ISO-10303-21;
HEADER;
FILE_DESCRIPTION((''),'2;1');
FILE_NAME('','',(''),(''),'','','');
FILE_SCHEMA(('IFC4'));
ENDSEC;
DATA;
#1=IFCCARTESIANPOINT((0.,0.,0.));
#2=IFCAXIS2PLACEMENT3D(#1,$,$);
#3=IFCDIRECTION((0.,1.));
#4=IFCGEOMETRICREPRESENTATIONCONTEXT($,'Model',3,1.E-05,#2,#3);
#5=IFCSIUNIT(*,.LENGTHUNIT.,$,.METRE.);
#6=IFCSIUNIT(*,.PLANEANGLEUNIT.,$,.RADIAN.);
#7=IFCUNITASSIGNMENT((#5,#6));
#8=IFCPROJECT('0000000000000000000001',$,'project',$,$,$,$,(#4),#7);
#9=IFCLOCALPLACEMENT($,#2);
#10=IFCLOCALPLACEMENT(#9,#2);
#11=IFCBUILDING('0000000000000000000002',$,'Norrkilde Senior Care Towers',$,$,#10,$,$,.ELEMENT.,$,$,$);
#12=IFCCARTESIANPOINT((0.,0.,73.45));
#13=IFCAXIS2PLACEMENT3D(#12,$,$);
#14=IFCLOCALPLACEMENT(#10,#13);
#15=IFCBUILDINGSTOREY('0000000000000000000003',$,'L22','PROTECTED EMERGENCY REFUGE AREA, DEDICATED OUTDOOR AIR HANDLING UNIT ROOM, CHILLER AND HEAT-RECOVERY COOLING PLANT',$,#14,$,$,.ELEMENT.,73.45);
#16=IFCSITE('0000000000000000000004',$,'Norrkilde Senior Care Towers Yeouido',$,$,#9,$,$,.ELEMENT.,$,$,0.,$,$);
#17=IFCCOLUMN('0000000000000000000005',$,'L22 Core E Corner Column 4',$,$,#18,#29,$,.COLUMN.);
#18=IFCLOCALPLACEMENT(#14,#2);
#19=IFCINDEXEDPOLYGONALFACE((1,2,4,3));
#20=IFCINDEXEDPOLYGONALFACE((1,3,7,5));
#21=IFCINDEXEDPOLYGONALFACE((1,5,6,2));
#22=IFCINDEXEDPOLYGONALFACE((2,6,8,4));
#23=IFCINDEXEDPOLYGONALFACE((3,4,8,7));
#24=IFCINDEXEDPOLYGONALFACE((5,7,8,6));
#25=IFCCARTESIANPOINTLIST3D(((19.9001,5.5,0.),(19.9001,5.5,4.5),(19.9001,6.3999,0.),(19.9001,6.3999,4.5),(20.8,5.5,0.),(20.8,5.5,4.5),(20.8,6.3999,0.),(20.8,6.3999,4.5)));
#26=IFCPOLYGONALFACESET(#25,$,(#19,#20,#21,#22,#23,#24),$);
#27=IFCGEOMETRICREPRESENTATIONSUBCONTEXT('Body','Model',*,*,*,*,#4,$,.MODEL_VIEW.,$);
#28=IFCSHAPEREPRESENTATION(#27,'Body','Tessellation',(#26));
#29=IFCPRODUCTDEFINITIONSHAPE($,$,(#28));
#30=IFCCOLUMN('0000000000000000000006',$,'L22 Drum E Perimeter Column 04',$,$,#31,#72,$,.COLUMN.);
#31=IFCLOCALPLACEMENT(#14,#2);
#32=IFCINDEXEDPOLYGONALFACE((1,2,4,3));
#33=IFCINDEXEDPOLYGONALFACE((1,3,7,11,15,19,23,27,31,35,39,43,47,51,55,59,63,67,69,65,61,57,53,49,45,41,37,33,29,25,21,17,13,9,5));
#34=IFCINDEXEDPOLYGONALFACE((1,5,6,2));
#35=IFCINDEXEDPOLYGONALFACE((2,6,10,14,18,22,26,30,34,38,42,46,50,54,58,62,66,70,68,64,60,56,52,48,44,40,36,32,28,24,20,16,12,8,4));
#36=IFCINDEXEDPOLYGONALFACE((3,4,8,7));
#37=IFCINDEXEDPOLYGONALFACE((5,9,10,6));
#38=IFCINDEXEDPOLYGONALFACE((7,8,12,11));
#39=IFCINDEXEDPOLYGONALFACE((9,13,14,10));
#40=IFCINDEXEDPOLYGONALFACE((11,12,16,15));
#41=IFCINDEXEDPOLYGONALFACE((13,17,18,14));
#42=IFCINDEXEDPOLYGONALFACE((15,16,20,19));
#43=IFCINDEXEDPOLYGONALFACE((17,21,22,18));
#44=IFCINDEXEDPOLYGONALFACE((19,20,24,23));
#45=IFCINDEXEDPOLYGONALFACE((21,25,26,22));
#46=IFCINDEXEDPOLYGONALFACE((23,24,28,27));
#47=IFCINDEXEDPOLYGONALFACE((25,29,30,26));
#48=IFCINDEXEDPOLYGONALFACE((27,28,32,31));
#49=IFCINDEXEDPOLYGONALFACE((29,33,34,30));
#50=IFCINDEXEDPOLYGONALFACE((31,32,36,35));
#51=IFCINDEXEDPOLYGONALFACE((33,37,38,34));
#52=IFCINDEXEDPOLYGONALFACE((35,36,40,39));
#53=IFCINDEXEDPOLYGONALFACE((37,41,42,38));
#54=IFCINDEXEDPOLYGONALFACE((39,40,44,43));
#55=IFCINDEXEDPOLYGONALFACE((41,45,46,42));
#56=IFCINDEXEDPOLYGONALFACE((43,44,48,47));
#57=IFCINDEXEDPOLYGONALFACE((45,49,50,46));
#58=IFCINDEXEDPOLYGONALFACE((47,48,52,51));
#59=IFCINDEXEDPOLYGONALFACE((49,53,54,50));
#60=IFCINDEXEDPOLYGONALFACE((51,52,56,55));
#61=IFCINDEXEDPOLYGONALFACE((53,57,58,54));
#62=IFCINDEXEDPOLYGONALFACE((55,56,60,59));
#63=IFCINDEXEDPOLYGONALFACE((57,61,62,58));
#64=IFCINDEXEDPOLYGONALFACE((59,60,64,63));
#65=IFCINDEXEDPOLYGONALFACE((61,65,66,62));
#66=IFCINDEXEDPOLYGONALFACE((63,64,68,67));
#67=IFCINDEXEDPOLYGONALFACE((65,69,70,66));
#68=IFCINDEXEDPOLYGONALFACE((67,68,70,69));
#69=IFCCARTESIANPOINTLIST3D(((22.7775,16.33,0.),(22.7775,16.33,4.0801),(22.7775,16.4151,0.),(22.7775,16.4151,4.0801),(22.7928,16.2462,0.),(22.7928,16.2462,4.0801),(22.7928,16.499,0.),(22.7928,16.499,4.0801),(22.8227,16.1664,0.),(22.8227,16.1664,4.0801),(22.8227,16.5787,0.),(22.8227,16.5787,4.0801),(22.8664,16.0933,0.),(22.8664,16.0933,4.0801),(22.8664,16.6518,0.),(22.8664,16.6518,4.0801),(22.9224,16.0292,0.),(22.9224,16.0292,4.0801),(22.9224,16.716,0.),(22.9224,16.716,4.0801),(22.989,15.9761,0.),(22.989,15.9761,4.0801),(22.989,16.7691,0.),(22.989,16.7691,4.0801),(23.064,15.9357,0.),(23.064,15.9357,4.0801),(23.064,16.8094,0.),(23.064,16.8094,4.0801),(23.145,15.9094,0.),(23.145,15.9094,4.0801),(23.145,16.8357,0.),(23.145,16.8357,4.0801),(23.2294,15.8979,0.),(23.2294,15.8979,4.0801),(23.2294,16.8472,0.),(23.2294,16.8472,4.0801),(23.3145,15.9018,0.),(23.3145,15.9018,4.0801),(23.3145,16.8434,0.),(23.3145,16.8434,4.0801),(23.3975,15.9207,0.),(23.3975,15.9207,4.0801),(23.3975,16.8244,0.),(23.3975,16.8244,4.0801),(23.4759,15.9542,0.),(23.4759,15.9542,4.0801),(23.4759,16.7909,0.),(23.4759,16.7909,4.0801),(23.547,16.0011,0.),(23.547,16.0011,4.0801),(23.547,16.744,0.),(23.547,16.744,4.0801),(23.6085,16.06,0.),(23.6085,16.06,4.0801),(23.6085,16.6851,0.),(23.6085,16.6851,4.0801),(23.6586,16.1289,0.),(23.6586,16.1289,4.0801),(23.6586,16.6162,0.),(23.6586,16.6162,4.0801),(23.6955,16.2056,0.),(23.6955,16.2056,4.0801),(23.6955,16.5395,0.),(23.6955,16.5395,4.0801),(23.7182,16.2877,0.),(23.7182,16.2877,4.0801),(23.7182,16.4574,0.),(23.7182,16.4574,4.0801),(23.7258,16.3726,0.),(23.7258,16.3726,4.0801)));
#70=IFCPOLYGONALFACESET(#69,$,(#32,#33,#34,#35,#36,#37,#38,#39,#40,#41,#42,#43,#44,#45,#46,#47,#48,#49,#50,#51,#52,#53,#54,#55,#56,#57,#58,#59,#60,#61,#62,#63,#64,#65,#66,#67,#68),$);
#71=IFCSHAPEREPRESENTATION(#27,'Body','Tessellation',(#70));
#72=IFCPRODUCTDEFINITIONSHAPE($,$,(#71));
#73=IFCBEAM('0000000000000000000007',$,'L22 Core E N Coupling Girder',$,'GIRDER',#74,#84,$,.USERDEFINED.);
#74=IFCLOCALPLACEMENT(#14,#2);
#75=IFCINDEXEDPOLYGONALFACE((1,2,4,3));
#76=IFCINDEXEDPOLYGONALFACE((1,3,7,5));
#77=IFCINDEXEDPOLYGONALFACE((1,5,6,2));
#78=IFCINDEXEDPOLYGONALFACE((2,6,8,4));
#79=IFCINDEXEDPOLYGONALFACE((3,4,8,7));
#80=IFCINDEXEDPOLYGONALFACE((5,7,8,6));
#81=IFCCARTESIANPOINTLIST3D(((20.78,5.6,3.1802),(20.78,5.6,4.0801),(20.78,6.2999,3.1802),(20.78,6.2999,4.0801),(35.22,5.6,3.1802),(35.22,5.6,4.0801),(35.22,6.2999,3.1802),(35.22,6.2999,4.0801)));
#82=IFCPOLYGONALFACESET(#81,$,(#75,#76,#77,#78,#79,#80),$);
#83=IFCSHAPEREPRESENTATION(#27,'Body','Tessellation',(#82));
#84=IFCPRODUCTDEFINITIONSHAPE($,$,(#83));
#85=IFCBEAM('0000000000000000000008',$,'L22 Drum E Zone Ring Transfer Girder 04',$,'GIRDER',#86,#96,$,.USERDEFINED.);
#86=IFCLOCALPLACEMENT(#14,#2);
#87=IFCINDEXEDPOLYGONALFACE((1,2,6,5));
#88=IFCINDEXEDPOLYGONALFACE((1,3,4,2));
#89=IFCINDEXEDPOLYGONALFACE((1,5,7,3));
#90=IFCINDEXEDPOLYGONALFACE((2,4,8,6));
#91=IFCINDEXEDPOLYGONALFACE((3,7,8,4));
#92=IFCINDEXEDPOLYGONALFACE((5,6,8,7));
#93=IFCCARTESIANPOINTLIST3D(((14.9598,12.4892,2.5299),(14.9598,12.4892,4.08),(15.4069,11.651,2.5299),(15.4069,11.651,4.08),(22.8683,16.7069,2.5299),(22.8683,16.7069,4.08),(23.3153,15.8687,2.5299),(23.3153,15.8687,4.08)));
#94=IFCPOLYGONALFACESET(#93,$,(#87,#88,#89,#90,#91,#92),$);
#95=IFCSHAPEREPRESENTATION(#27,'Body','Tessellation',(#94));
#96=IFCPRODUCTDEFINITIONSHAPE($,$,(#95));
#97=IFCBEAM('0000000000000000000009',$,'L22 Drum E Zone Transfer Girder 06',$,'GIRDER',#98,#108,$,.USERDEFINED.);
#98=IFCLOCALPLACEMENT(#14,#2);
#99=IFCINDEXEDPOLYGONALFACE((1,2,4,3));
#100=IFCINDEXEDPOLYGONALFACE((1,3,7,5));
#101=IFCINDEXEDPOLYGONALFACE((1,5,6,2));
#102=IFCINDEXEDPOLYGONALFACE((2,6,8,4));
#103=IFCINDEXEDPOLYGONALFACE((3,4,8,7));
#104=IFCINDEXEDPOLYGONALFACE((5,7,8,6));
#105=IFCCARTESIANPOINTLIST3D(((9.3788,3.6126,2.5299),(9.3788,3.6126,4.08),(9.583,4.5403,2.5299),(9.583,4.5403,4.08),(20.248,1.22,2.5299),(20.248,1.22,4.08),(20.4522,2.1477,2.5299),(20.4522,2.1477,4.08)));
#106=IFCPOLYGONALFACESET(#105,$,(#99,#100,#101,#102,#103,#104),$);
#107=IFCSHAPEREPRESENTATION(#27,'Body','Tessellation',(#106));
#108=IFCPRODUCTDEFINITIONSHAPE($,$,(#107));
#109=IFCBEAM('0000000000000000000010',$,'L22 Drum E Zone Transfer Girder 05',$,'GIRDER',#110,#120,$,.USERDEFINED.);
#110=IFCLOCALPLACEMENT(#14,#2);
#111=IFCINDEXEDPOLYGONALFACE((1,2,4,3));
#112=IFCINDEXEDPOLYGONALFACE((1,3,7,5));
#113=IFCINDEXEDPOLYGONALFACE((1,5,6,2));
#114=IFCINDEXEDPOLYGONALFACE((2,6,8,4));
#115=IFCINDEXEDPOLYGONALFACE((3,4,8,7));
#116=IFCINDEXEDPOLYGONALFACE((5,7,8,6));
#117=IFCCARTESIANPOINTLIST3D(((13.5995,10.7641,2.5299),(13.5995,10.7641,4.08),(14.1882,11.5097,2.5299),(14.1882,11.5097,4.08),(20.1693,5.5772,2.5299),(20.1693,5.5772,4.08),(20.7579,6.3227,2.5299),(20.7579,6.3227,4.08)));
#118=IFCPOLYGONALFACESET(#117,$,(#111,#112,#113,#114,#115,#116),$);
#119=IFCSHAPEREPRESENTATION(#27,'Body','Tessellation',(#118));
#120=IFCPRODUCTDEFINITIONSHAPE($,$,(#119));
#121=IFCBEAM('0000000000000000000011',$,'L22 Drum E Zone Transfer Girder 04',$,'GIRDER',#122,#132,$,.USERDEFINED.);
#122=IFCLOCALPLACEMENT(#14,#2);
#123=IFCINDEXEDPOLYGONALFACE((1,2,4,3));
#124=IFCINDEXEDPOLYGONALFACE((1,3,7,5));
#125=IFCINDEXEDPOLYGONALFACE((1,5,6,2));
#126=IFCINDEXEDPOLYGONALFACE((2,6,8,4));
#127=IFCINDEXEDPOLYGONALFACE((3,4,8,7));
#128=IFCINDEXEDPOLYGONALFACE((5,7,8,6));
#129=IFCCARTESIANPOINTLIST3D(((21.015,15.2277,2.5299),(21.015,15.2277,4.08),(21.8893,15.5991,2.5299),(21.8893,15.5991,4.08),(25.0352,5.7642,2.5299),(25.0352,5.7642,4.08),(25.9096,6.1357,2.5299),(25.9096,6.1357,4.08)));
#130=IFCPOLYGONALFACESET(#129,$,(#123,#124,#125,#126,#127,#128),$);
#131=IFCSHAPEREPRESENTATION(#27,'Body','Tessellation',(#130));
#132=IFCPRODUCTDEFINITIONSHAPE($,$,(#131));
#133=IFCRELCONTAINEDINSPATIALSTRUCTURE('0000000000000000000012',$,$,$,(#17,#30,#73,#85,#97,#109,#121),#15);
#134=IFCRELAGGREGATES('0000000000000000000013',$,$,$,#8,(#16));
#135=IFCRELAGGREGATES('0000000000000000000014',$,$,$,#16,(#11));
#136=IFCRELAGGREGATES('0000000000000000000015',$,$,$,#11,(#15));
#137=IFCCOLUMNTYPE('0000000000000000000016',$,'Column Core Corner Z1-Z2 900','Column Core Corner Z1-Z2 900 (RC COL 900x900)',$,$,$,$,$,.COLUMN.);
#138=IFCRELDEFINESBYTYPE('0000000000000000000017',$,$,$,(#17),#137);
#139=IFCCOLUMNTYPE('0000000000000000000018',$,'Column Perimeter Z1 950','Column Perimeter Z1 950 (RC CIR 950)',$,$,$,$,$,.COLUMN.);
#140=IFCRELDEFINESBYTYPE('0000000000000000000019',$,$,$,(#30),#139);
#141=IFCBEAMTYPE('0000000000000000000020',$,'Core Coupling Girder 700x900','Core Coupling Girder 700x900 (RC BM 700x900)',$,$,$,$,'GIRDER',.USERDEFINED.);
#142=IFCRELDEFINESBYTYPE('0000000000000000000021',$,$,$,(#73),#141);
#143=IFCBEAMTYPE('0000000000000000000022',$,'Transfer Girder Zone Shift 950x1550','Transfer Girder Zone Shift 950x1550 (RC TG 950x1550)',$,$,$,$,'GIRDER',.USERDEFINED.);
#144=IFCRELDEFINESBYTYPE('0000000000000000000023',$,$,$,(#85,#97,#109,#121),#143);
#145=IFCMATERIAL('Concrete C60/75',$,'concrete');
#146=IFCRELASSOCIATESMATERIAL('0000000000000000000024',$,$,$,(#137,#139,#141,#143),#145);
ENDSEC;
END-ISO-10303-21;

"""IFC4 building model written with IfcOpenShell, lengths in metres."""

from ifc_helpers import new_model, si_unit, direction, frame, origin, origin_2d, place, context, subcontext, project, spatial, rectangle, circle, extrude, source, transform, mapped, material, material_profile, profile_set, type_object, type_shapes, element, save


model = new_model("IFC4")

# Units and contexts
model_context = context("Model", 3, precision=1e-05, world=origin(), true_north=direction((0.0, 1.0)))
body_context = subcontext(model_context, "Body", "Model", "MODEL_VIEW")
ifc_project = project(units=[si_unit("LENGTHUNIT", "METRE"), si_unit("PLANEANGLEUNIT", "RADIAN")], contexts=[model_context])

# Site, building, storey
site_placement = place(None, origin())
site = spatial("IfcSite", under=ifc_project, at=site_placement, Name="Norrkilde Senior Care Towers Yeouido", CompositionType="ELEMENT", RefElevation=0.0)
building_placement = place(site_placement, origin())
building = spatial("IfcBuilding", under=site, at=building_placement, Name="Norrkilde Senior Care Towers", CompositionType="ELEMENT")
storey_placement = place(building_placement, frame((0.0, 0.0, 73.45)))
storey = spatial("IfcBuildingStorey", under=building, at=storey_placement, Name="L22", Description="PROTECTED EMERGENCY REFUGE AREA, DEDICATED OUTDOOR AIR HANDLING UNIT ROOM, CHILLER AND HEAT-RECOVERY COOLING PLANT", CompositionType="ELEMENT", Elevation=73.45)

# Columns
ifc_material_1 = material(Name="Concrete C60/75", Category="concrete")
ifc_material_profile_1 = material_profile(ifc_material_1, rectangle(XDim=0.8999, YDim=0.8999, at=origin_2d()), Name="RC COL 900x900")
ifc_profile_set_1 = profile_set([ifc_material_profile_1], Name="Concrete C60/75")
column_type_1 = type_object("IfcColumnType", Name="Column Core Corner Z1-Z2 900", Description="Column Core Corner Z1-Z2 900 (RC COL 900x900)", PredefinedType="COLUMN", material=ifc_profile_set_1)
shared_shape_1 = source(origin(), body_context, "Body", "SweptSolid", [
    extrude(rectangle(XDim=0.8999, YDim=0.8999, at=origin_2d()), origin(), (0.0, 0.0, 1.0), 4.5),
])
type_shapes(column_type_1, [shared_shape_1])
column_1_placement = place(storey_placement, frame((20.3501, 5.95, 0.0), z_axis=(0.0, 0.0, 1.0), x_axis=(1.0, 0.0, 0.0)))
element("IfcColumn", 1, at=column_1_placement, inside=storey, type_object=column_type_1, Name="L22 Core E Corner Column 4", PredefinedType="COLUMN", context=body_context, shape_type="MappedRepresentation", body=[
    mapped(shared_shape_1, transform((0.0, 0.0, 0.0), x_axis=(1.0, 0.0, 0.0), y_axis=(0.0, 1.0, 0.0), z_axis=(0.0, 0.0, 1.0), scale=1.0)),
])
ifc_material_profile_2 = material_profile(ifc_material_1, circle(Radius=0.4751, at=origin_2d()), Name="RC CIR 950")
ifc_profile_set_2 = profile_set([ifc_material_profile_2], Name="Concrete C60/75")
column_type_2 = type_object("IfcColumnType", Name="Column Perimeter Z1 950", Description="Column Perimeter Z1 950 (RC CIR 950)", PredefinedType="COLUMN", material=ifc_profile_set_2)
shared_shape_2 = source(origin(), body_context, "Body", "SweptSolid", [
    extrude(circle(Radius=0.4751, at=origin_2d()), origin(), (0.0, 0.0, 1.0), 4.0801),
])
type_shapes(column_type_2, [shared_shape_2])
column_2_placement = place(storey_placement, frame((23.2507, 16.3726, 0.0), z_axis=(0.0, 0.0, 1.0), x_axis=(1.0, 0.0, 0.0)))
element("IfcColumn", 2, at=column_2_placement, inside=storey, type_object=column_type_2, Name="L22 Drum E Perimeter Column 04", PredefinedType="COLUMN", context=body_context, shape_type="MappedRepresentation", body=[
    mapped(shared_shape_2, transform((0.0, 0.0, 0.0), x_axis=(1.0, 0.0, 0.0), y_axis=(0.0, 1.0, 0.0), z_axis=(0.0, 0.0, 1.0), scale=1.0)),
])

# Beams
ifc_material_profile_3 = material_profile(ifc_material_1, rectangle(XDim=0.7, YDim=0.8999, at=origin_2d()), Name="RC BM 700x900")
ifc_profile_set_3 = profile_set([ifc_material_profile_3], Name="Concrete C60/75")
beam_type_1 = type_object("IfcBeamType", Name="Core Coupling Girder 700x900", Description="Core Coupling Girder 700x900 (RC BM 700x900)", ElementType="GIRDER", PredefinedType="USERDEFINED", material=ifc_profile_set_3)
shared_shape_3 = source(origin(), body_context, "Body", "SweptSolid", [
    extrude(rectangle(XDim=0.7, YDim=0.8999, at=origin_2d()), origin(), (0.0, 0.0, 1.0), 14.4399),
])
type_shapes(beam_type_1, [shared_shape_3])
beam_1_placement = place(storey_placement, frame((20.78, 5.95, 3.6301), z_axis=(1.0, 0.0, 0.0), x_axis=(0.0, 1.0, 0.0)))
element("IfcBeam", 3, at=beam_1_placement, inside=storey, type_object=beam_type_1, Name="L22 Core E N Coupling Girder", ObjectType="GIRDER", PredefinedType="USERDEFINED", context=body_context, shape_type="MappedRepresentation", body=[
    mapped(shared_shape_3, transform((0.0, 0.0, 0.0), x_axis=(1.0, 0.0, 0.0), y_axis=(0.0, 1.0, 0.0), z_axis=(0.0, 0.0, 1.0), scale=1.0)),
])
ifc_material_profile_4 = material_profile(ifc_material_1, rectangle(XDim=0.95, YDim=1.55, at=origin_2d()), Name="RC TG 950x1550")
ifc_profile_set_4 = profile_set([ifc_material_profile_4], Name="Concrete C60/75")
beam_type_2 = type_object("IfcBeamType", Name="Transfer Girder Zone Shift 950x1550", Description="Transfer Girder Zone Shift 950x1550 (RC TG 950x1550)", ElementType="GIRDER", PredefinedType="USERDEFINED", material=ifc_profile_set_4)
shared_shape_4 = source(origin(), body_context, "Body", "SweptSolid", [
    extrude(rectangle(XDim=0.95, YDim=1.55, at=origin_2d()), origin(), (0.0, 0.0, 1.0), 8.9629),
])
beam_2_placement = place(storey_placement, frame((23.0918, 16.2878, 3.3049), z_axis=(-0.882356, -0.470583, 0.0), x_axis=(0.470583, -0.882356, 0.0)))
element("IfcBeam", 4, at=beam_2_placement, inside=storey, type_object=beam_type_2, Name="L22 Drum E Zone Ring Transfer Girder 04", ObjectType="GIRDER", PredefinedType="USERDEFINED", context=body_context, shape_type="MappedRepresentation", body=[
    mapped(shared_shape_4, transform((0.0, 0.0, 0.0), x_axis=(1.0, 0.0, 0.0), y_axis=(0.0, 1.0, 0.0), z_axis=(0.0, 0.0, 1.0), scale=1.0)),
])
shared_shape_5 = source(origin(), body_context, "Body", "SweptSolid", [
    extrude(rectangle(XDim=0.95, YDim=1.55, at=origin_2d()), origin(), (0.0, 0.0, 1.0), 11.1294),
])
beam_3_placement = place(storey_placement, frame((20.3501, 1.6838, 3.3049), z_axis=(-0.976619, 0.214979, 0.0), x_axis=(-0.214979, -0.976619, 0.0)))
element("IfcBeam", 5, at=beam_3_placement, inside=storey, type_object=beam_type_2, Name="L22 Drum E Zone Transfer Girder 06", ObjectType="GIRDER", PredefinedType="USERDEFINED", context=body_context, shape_type="MappedRepresentation", body=[
    mapped(shared_shape_5, transform((0.0, 0.0, 0.0), x_axis=(1.0, 0.0, 0.0), y_axis=(0.0, 1.0, 0.0), z_axis=(0.0, 0.0, 1.0), scale=1.0)),
])
shared_shape_6 = source(origin(), body_context, "Body", "SweptSolid", [
    extrude(rectangle(XDim=0.95, YDim=1.55, at=origin_2d()), origin(), (0.0, 0.0, 1.0), 8.3706),
])
beam_4_placement = place(storey_placement, frame((20.4636, 5.95, 3.3049), z_axis=(-0.784865, 0.619667, 0.0), x_axis=(-0.619667, -0.784865, 0.0)))
element("IfcBeam", 6, at=beam_4_placement, inside=storey, type_object=beam_type_2, Name="L22 Drum E Zone Transfer Girder 05", ObjectType="GIRDER", PredefinedType="USERDEFINED", context=body_context, shape_type="MappedRepresentation", body=[
    mapped(shared_shape_6, transform((0.0, 0.0, 0.0), x_axis=(1.0, 0.0, 0.0), y_axis=(0.0, 1.0, 0.0), z_axis=(0.0, 0.0, 1.0), scale=1.0)),
])
shared_shape_7 = source(origin(), body_context, "Body", "SweptSolid", [
    extrude(rectangle(XDim=0.95, YDim=1.55, at=origin_2d()), origin(), (0.0, 0.0, 1.0), 10.282),
])
type_shapes(beam_type_2, [shared_shape_4, shared_shape_5, shared_shape_6, shared_shape_7])
beam_5_placement = place(storey_placement, frame((25.4724, 5.95, 3.3049), z_axis=(-0.391003, 0.920389, 0.0), x_axis=(-0.920389, -0.391003, 0.0)))
element("IfcBeam", 7, at=beam_5_placement, inside=storey, type_object=beam_type_2, Name="L22 Drum E Zone Transfer Girder 04", ObjectType="GIRDER", PredefinedType="USERDEFINED", context=body_context, shape_type="MappedRepresentation", body=[
    mapped(shared_shape_7, transform((0.0, 0.0, 0.0), x_axis=(1.0, 0.0, 0.0), y_axis=(0.0, 1.0, 0.0), z_axis=(0.0, 0.0, 1.0), scale=1.0)),
])

save(model, "model.ifc")
